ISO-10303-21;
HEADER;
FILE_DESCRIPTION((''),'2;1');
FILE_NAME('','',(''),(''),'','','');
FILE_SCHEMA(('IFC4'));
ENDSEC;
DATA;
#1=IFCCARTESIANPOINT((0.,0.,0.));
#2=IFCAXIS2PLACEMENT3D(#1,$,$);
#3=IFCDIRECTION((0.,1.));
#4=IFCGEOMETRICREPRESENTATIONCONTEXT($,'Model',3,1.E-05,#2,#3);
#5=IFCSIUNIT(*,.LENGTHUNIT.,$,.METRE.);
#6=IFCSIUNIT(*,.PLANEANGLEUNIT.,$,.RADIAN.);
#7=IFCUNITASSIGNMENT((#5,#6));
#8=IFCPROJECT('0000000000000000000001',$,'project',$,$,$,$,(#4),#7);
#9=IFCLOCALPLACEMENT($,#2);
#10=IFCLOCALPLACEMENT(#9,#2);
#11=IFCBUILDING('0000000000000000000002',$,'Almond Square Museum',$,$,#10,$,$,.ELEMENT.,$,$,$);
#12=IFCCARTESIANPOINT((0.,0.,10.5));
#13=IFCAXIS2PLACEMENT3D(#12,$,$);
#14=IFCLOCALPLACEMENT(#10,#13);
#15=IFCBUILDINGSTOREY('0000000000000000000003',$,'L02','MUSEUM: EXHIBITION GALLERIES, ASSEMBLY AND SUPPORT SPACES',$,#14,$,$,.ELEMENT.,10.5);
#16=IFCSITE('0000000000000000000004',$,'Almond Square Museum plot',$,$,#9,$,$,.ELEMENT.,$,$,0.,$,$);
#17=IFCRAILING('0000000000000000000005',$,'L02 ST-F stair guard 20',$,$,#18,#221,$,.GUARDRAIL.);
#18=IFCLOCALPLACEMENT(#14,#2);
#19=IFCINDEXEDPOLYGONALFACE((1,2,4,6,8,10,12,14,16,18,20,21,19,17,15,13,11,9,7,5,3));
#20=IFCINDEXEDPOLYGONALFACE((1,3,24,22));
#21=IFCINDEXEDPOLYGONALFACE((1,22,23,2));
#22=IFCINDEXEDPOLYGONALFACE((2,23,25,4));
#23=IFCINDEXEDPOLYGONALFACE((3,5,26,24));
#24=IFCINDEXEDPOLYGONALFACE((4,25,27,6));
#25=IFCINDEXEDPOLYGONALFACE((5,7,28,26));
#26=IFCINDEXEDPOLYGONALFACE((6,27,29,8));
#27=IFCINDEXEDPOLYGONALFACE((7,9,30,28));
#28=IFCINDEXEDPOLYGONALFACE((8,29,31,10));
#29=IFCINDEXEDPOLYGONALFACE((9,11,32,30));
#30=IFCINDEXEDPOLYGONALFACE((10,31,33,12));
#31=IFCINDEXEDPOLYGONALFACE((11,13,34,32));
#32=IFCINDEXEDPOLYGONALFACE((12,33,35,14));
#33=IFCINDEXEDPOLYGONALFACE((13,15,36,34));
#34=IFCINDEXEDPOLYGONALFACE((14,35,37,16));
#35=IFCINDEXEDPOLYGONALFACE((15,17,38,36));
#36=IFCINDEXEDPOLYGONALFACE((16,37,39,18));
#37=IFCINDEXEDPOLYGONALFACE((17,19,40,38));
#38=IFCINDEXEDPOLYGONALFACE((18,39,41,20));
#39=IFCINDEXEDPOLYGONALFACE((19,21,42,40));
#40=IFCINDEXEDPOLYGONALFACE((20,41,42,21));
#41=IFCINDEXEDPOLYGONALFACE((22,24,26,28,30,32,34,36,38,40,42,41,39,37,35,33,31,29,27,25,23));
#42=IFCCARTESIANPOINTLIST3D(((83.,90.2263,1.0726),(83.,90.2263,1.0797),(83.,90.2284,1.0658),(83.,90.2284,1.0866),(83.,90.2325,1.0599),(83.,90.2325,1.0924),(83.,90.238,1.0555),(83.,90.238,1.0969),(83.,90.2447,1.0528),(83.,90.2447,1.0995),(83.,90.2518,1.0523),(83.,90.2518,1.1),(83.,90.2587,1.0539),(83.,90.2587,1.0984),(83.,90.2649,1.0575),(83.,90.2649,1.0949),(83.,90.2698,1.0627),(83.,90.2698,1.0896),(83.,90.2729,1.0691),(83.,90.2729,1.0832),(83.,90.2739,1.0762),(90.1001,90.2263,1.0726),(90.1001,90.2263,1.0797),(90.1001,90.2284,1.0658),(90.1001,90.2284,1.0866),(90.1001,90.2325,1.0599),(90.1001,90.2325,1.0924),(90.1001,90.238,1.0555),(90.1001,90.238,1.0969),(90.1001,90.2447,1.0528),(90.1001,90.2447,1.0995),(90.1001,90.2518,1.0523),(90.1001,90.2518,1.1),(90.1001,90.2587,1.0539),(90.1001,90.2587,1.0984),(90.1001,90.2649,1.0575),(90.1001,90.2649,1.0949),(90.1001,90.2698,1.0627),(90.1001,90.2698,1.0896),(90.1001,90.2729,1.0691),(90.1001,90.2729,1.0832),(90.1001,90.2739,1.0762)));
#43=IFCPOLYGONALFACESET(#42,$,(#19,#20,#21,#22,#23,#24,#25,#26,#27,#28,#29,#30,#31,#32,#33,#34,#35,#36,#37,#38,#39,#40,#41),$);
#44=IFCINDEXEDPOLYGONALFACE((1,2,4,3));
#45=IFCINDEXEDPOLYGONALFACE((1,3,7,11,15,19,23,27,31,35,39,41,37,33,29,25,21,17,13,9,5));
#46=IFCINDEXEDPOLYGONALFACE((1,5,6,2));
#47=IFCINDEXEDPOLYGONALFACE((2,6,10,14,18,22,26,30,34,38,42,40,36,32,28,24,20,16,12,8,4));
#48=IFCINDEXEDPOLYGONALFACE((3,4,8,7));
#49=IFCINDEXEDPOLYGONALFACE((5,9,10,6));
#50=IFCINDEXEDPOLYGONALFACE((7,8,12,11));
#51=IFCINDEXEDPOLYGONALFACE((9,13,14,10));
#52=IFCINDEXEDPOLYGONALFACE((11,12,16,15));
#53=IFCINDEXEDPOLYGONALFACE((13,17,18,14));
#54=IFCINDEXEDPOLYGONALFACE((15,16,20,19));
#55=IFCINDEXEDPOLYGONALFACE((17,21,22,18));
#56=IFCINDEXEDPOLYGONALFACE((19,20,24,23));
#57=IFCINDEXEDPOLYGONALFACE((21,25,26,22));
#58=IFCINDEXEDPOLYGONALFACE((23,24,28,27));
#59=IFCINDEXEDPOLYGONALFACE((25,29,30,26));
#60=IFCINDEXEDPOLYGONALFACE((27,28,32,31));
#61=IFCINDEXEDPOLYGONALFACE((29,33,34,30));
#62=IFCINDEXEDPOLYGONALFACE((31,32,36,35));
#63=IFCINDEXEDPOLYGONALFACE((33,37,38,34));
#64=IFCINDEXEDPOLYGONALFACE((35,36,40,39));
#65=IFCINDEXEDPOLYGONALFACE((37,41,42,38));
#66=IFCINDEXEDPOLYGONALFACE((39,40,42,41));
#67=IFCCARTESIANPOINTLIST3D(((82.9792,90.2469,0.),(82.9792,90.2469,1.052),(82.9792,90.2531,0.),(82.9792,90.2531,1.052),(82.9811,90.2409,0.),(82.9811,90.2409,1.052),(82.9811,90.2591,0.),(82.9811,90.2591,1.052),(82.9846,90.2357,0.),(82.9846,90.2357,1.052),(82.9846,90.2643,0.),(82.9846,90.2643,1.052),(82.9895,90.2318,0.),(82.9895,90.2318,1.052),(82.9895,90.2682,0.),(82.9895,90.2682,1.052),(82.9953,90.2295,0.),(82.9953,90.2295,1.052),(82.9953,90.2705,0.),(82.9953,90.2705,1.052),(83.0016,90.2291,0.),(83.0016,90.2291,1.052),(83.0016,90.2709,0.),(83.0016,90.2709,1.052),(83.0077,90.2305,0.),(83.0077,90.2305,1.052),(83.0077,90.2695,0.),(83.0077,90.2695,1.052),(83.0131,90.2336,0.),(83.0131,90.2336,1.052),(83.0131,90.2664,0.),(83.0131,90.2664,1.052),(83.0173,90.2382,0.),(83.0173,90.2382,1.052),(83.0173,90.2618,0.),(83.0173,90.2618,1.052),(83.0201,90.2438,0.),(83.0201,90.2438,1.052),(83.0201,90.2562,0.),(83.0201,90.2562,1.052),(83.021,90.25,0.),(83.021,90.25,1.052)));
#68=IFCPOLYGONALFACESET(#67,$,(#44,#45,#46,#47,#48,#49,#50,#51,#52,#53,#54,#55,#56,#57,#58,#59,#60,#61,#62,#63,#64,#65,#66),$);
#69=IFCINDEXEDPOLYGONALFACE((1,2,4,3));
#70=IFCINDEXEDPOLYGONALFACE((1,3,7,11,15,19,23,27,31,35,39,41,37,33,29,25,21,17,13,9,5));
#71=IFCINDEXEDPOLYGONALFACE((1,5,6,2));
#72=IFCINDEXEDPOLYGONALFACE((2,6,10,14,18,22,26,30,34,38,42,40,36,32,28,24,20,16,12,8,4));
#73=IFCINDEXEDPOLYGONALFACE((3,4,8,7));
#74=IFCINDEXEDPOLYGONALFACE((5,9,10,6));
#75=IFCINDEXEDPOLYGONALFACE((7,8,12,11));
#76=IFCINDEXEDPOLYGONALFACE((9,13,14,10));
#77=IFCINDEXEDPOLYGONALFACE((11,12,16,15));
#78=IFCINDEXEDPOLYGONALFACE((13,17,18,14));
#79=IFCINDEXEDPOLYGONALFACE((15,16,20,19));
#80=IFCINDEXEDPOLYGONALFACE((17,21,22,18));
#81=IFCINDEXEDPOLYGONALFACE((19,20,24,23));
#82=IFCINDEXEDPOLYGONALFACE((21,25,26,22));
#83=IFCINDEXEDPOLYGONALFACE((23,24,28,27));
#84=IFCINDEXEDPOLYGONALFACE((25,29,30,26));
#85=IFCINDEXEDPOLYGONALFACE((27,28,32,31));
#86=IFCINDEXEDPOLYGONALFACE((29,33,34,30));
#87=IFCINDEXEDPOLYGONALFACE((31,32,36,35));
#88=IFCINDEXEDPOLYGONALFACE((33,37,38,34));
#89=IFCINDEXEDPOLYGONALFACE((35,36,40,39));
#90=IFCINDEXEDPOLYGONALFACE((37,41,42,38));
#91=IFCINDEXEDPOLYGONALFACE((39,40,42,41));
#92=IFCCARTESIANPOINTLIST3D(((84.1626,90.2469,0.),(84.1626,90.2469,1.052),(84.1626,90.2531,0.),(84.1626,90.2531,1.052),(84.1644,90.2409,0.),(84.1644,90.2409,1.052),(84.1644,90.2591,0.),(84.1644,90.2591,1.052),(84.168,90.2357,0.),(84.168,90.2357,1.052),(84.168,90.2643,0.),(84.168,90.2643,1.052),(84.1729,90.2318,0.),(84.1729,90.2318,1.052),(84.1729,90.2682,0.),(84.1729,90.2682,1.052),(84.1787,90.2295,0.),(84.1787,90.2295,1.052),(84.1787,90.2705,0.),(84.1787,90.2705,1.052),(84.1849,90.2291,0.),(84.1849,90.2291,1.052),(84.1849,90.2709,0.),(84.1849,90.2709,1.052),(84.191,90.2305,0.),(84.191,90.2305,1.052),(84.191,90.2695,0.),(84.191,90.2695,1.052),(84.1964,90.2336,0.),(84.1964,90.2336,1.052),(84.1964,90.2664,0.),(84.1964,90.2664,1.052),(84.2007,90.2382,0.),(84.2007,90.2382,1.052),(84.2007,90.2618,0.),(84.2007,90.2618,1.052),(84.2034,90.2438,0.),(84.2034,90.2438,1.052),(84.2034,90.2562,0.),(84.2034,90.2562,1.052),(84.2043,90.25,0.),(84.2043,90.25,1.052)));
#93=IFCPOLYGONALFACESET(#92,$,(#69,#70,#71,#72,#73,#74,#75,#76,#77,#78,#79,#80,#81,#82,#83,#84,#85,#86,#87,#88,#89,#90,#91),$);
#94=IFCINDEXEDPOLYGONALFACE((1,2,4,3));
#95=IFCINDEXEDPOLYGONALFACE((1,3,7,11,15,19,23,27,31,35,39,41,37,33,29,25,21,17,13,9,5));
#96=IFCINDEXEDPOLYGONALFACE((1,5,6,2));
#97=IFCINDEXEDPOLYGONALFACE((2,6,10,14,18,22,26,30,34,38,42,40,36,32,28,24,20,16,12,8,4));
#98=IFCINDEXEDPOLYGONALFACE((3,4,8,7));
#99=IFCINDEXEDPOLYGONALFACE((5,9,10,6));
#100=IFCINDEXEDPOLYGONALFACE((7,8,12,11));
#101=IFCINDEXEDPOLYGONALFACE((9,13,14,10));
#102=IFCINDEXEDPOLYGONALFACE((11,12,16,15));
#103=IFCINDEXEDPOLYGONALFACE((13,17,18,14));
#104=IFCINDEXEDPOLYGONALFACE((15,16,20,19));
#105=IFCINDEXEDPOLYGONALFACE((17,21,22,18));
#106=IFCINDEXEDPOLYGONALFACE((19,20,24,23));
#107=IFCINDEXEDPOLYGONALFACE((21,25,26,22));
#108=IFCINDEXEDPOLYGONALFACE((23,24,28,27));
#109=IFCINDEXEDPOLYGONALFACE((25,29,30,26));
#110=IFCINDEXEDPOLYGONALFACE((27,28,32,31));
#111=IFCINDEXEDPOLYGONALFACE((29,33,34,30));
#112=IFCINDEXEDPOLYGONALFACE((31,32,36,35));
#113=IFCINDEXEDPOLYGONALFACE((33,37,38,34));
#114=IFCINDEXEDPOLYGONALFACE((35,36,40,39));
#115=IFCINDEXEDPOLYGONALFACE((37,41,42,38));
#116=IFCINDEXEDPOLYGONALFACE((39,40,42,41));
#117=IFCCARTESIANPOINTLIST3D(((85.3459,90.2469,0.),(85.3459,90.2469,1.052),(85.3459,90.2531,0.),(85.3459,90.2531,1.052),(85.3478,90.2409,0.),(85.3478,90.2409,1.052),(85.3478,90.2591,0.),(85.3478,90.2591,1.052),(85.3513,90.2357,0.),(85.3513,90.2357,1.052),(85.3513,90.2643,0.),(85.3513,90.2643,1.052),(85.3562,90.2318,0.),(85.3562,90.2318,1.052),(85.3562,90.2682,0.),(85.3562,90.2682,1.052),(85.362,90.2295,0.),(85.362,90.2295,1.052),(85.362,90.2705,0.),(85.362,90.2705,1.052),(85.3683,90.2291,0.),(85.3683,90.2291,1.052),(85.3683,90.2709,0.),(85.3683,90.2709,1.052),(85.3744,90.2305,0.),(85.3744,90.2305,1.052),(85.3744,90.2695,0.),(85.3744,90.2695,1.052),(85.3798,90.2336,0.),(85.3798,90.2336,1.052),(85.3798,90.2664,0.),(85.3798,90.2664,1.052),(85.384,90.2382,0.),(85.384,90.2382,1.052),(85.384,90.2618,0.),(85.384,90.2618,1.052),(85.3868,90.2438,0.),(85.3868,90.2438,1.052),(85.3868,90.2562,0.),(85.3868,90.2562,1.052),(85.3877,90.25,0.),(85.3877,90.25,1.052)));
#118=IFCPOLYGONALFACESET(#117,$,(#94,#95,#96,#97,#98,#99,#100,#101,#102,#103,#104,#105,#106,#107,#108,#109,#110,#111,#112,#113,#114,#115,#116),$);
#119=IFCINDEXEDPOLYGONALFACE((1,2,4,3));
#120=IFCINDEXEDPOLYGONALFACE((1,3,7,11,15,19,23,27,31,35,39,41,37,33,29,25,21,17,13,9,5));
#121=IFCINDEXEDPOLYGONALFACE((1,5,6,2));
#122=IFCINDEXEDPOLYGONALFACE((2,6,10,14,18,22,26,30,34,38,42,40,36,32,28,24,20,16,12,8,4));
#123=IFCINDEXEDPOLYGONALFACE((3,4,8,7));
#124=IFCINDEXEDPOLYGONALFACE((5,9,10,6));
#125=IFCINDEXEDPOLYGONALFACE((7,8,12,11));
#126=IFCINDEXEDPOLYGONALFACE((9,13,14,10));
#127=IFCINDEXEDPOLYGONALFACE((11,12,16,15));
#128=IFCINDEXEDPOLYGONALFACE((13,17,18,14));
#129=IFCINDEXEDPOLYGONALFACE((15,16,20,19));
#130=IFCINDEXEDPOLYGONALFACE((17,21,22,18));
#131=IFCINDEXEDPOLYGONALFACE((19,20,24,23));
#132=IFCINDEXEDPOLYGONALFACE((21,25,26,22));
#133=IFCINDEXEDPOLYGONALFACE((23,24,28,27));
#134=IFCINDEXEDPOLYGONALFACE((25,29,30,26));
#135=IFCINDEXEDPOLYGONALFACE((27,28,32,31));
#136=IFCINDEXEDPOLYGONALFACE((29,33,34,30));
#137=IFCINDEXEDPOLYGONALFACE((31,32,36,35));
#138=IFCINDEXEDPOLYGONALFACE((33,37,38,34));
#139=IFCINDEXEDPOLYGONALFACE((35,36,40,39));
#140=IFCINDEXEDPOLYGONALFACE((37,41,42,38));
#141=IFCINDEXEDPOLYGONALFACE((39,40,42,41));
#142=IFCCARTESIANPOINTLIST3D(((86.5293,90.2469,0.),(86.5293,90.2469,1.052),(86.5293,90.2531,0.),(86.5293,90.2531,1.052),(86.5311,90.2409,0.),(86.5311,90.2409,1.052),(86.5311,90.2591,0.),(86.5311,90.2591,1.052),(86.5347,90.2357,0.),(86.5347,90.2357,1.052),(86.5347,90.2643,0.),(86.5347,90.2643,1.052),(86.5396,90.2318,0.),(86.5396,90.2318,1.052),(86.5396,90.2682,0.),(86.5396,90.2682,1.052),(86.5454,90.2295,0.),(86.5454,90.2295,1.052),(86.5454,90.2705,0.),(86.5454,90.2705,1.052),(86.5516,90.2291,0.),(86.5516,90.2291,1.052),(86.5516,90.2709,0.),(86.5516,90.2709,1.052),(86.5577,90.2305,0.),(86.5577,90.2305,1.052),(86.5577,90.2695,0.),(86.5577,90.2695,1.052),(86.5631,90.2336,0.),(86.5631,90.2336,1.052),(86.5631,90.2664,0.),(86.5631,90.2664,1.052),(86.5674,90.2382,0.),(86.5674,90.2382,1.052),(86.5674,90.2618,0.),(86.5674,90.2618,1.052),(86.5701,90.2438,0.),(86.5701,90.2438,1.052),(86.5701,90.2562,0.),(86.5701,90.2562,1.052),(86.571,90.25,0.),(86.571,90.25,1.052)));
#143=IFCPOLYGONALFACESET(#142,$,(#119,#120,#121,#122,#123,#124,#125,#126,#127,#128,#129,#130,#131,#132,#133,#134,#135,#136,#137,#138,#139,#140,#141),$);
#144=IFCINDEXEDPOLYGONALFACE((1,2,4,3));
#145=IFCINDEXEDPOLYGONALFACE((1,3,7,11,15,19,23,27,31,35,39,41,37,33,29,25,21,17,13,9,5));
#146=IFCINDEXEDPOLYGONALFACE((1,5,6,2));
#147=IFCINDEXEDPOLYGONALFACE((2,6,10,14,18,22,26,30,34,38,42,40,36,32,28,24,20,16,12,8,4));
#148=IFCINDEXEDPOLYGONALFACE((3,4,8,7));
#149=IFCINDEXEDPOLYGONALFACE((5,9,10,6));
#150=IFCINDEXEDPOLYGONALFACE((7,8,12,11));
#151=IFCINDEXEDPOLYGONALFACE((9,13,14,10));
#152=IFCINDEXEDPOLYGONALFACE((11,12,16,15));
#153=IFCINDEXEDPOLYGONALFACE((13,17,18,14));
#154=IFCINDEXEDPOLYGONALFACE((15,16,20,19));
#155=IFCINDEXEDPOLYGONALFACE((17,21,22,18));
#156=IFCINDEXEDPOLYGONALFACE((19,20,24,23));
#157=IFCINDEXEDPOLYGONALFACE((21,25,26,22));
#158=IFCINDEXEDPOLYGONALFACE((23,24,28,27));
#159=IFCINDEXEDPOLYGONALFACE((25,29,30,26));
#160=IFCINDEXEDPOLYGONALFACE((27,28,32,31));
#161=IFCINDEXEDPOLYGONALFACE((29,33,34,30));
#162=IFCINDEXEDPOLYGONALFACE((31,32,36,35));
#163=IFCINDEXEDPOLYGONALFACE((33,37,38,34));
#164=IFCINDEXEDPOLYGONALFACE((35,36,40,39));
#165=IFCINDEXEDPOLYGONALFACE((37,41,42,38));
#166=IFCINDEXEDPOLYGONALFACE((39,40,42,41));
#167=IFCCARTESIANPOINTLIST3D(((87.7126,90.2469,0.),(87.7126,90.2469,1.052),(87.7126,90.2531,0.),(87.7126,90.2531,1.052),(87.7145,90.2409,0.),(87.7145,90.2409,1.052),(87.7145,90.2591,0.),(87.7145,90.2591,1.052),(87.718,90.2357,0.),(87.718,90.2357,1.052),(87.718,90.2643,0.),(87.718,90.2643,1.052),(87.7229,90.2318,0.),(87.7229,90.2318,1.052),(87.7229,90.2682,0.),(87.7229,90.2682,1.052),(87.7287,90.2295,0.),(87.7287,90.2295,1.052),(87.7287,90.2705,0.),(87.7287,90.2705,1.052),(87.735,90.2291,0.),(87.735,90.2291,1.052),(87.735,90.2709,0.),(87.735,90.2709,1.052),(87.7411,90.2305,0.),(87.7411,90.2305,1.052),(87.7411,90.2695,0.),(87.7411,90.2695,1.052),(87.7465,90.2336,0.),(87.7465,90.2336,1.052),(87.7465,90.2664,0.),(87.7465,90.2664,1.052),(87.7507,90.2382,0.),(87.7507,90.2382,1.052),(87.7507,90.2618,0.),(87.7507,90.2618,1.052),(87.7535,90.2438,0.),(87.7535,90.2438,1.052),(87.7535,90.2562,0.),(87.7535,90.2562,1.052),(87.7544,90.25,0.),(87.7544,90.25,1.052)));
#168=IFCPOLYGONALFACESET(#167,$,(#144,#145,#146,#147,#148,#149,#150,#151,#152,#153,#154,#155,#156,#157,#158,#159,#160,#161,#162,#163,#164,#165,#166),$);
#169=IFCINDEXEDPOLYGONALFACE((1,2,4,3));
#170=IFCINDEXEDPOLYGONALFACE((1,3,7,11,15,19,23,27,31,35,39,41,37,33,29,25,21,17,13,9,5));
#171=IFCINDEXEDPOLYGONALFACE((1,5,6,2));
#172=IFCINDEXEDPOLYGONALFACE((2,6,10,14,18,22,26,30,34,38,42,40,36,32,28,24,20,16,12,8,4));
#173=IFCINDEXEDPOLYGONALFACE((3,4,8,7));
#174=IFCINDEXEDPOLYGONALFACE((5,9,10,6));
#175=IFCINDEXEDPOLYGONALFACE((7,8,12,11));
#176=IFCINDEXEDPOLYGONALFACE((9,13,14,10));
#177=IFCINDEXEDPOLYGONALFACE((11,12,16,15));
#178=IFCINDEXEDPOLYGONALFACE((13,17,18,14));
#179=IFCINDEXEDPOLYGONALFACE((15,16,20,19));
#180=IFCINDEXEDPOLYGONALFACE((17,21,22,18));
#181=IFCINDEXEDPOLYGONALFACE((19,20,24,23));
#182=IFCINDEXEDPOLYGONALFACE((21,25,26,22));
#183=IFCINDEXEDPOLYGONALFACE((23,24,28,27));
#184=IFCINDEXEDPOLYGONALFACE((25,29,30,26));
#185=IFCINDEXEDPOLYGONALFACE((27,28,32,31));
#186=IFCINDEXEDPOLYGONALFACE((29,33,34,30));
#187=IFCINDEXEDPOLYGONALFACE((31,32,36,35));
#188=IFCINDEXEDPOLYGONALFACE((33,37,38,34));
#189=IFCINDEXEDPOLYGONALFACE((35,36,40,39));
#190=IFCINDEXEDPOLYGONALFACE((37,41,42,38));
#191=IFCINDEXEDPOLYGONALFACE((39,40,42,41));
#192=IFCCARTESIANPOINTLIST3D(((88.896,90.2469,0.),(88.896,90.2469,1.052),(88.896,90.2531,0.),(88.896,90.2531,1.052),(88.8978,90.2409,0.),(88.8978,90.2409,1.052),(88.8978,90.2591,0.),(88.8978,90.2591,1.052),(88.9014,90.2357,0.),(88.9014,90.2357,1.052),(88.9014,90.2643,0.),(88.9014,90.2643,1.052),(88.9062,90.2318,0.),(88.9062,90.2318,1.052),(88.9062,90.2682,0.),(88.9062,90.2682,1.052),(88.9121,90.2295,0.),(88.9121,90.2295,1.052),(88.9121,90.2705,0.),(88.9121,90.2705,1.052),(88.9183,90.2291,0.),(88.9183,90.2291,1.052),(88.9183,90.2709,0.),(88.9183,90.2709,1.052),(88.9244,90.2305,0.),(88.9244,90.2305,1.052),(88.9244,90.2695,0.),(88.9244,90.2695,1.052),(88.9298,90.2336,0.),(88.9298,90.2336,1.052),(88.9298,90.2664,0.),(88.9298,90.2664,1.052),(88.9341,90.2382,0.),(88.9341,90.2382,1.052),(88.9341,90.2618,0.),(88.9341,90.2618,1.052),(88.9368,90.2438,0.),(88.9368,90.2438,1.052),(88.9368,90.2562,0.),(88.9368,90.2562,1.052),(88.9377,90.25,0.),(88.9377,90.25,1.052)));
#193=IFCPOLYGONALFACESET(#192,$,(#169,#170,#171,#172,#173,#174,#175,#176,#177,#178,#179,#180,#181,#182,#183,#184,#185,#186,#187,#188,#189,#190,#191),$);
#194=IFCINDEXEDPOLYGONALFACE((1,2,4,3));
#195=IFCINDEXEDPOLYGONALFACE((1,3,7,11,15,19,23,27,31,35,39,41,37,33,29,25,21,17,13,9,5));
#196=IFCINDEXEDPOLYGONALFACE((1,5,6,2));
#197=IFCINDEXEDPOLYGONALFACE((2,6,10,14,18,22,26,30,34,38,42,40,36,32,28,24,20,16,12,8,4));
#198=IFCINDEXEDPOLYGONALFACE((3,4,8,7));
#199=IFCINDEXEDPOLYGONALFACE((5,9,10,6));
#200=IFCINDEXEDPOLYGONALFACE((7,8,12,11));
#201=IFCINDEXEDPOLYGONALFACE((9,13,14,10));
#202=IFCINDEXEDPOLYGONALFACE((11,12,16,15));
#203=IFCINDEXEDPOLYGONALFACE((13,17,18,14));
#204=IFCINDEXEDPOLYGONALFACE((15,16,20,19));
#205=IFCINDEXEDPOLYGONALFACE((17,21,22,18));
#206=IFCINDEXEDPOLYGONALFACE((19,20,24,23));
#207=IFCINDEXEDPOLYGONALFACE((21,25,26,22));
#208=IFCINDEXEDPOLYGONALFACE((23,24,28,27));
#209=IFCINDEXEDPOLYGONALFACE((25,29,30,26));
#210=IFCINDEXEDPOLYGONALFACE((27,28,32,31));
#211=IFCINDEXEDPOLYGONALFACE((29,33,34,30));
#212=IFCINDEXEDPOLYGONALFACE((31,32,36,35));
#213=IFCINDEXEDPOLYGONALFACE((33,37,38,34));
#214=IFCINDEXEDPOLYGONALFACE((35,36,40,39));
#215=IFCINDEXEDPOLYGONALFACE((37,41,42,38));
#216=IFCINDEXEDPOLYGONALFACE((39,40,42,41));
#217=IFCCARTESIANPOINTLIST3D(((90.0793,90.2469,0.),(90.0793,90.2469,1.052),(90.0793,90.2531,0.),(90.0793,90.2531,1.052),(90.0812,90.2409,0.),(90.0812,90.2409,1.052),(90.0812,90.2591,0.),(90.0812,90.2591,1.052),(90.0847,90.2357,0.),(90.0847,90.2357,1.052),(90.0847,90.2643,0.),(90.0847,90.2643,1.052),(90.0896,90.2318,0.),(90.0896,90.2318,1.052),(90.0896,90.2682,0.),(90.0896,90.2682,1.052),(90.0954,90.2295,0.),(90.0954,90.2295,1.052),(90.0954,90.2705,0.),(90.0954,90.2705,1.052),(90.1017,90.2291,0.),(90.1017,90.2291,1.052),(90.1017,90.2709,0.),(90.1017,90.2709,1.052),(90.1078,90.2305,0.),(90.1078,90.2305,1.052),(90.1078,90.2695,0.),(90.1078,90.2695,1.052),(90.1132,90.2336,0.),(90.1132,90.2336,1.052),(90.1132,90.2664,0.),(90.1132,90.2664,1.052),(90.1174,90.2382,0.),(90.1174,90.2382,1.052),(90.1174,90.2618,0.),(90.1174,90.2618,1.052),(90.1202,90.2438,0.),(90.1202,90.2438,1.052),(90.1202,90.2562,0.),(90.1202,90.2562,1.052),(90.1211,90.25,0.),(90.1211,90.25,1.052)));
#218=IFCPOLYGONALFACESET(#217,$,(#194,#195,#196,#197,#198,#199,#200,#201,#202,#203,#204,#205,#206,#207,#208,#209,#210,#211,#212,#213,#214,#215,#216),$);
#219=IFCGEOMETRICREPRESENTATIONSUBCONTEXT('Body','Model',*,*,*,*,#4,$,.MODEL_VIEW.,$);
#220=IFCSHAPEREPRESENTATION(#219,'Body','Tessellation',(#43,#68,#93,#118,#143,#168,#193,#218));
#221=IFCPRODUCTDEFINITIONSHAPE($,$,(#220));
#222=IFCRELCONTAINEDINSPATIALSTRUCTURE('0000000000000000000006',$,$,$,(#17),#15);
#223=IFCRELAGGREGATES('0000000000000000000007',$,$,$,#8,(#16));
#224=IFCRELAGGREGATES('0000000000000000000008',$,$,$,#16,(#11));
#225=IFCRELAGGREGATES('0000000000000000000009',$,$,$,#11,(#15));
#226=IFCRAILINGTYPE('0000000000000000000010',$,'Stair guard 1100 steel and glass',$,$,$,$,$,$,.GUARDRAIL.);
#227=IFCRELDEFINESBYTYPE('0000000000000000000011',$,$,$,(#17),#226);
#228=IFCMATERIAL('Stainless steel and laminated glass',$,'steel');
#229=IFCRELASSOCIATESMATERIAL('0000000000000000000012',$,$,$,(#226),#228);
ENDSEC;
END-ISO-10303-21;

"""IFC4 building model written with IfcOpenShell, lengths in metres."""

from ifc_helpers import new_model, si_unit, direction, frame, origin, origin_2d, place, context, subcontext, project, spatial, circle, extrude, material, type_object, element, save


model = new_model("IFC4")

# Units and contexts
model_context = context("Model", 3, precision=1e-05, world=origin(), true_north=direction((0.0, 1.0)))
body_context = subcontext(model_context, "Body", "Model", "MODEL_VIEW")
ifc_project = project(units=[si_unit("LENGTHUNIT", "METRE"), si_unit("PLANEANGLEUNIT", "RADIAN")], contexts=[model_context])

# Site, building, storey
site_placement = place(None, origin())
site = spatial("IfcSite", under=ifc_project, at=site_placement, Name="Almond Square Museum plot", CompositionType="ELEMENT", RefElevation=0.0)
building_placement = place(site_placement, origin())
building = spatial("IfcBuilding", under=site, at=building_placement, Name="Almond Square Museum", CompositionType="ELEMENT")
storey_placement = place(building_placement, frame((0.0, 0.0, 10.5)))
storey = spatial("IfcBuildingStorey", under=building, at=storey_placement, Name="L02", Description="MUSEUM: EXHIBITION GALLERIES, ASSEMBLY AND SUPPORT SPACES", CompositionType="ELEMENT", Elevation=10.5)

# Railing
ifc_material_1 = material(Name="Stainless steel and laminated glass", Category="steel")
railing_type_1 = type_object("IfcRailingType", Name="Stair guard 1100 steel and glass", PredefinedType="GUARDRAIL", material=ifc_material_1)
railing_1_placement = place(storey_placement, frame((83.0, 90.25, 0.0)))
element("IfcRailing", 1, at=railing_1_placement, inside=storey, type_object=railing_type_1, Name="L02 ST-F stair guard 20", PredefinedType="GUARDRAIL", context=body_context, shape_type="SweptSolid", body=[
    extrude(circle(Radius=0.0239, at=origin_2d()), frame((0.0, 0.0, 1.0762), z_axis=(1.0, 0.0, 0.0), x_axis=(0.0, 1.0, 0.0)), (0.0, 0.0, 1.0), 7.1001),
    extrude(circle(Radius=0.021, at=origin_2d()), origin(), (0.0, 0.0, 1.0), 1.052),
    extrude(circle(Radius=0.021, at=origin_2d()), frame((1.1833, 0.0, 0.0)), (0.0, 0.0, 1.0), 1.052),
    extrude(circle(Radius=0.021, at=origin_2d()), frame((2.3667, 0.0, 0.0)), (0.0, 0.0, 1.0), 1.052),
    extrude(circle(Radius=0.021, at=origin_2d()), frame((3.55, 0.0, 0.0)), (0.0, 0.0, 1.0), 1.052),
    extrude(circle(Radius=0.021, at=origin_2d()), frame((4.7334, 0.0, 0.0)), (0.0, 0.0, 1.0), 1.052),
    extrude(circle(Radius=0.021, at=origin_2d()), frame((5.9167, 0.0, 0.0)), (0.0, 0.0, 1.0), 1.052),
    extrude(circle(Radius=0.021, at=origin_2d()), frame((7.1001, 0.0, 0.0)), (0.0, 0.0, 1.0), 1.052),
])

save(model, "model.ifc")
